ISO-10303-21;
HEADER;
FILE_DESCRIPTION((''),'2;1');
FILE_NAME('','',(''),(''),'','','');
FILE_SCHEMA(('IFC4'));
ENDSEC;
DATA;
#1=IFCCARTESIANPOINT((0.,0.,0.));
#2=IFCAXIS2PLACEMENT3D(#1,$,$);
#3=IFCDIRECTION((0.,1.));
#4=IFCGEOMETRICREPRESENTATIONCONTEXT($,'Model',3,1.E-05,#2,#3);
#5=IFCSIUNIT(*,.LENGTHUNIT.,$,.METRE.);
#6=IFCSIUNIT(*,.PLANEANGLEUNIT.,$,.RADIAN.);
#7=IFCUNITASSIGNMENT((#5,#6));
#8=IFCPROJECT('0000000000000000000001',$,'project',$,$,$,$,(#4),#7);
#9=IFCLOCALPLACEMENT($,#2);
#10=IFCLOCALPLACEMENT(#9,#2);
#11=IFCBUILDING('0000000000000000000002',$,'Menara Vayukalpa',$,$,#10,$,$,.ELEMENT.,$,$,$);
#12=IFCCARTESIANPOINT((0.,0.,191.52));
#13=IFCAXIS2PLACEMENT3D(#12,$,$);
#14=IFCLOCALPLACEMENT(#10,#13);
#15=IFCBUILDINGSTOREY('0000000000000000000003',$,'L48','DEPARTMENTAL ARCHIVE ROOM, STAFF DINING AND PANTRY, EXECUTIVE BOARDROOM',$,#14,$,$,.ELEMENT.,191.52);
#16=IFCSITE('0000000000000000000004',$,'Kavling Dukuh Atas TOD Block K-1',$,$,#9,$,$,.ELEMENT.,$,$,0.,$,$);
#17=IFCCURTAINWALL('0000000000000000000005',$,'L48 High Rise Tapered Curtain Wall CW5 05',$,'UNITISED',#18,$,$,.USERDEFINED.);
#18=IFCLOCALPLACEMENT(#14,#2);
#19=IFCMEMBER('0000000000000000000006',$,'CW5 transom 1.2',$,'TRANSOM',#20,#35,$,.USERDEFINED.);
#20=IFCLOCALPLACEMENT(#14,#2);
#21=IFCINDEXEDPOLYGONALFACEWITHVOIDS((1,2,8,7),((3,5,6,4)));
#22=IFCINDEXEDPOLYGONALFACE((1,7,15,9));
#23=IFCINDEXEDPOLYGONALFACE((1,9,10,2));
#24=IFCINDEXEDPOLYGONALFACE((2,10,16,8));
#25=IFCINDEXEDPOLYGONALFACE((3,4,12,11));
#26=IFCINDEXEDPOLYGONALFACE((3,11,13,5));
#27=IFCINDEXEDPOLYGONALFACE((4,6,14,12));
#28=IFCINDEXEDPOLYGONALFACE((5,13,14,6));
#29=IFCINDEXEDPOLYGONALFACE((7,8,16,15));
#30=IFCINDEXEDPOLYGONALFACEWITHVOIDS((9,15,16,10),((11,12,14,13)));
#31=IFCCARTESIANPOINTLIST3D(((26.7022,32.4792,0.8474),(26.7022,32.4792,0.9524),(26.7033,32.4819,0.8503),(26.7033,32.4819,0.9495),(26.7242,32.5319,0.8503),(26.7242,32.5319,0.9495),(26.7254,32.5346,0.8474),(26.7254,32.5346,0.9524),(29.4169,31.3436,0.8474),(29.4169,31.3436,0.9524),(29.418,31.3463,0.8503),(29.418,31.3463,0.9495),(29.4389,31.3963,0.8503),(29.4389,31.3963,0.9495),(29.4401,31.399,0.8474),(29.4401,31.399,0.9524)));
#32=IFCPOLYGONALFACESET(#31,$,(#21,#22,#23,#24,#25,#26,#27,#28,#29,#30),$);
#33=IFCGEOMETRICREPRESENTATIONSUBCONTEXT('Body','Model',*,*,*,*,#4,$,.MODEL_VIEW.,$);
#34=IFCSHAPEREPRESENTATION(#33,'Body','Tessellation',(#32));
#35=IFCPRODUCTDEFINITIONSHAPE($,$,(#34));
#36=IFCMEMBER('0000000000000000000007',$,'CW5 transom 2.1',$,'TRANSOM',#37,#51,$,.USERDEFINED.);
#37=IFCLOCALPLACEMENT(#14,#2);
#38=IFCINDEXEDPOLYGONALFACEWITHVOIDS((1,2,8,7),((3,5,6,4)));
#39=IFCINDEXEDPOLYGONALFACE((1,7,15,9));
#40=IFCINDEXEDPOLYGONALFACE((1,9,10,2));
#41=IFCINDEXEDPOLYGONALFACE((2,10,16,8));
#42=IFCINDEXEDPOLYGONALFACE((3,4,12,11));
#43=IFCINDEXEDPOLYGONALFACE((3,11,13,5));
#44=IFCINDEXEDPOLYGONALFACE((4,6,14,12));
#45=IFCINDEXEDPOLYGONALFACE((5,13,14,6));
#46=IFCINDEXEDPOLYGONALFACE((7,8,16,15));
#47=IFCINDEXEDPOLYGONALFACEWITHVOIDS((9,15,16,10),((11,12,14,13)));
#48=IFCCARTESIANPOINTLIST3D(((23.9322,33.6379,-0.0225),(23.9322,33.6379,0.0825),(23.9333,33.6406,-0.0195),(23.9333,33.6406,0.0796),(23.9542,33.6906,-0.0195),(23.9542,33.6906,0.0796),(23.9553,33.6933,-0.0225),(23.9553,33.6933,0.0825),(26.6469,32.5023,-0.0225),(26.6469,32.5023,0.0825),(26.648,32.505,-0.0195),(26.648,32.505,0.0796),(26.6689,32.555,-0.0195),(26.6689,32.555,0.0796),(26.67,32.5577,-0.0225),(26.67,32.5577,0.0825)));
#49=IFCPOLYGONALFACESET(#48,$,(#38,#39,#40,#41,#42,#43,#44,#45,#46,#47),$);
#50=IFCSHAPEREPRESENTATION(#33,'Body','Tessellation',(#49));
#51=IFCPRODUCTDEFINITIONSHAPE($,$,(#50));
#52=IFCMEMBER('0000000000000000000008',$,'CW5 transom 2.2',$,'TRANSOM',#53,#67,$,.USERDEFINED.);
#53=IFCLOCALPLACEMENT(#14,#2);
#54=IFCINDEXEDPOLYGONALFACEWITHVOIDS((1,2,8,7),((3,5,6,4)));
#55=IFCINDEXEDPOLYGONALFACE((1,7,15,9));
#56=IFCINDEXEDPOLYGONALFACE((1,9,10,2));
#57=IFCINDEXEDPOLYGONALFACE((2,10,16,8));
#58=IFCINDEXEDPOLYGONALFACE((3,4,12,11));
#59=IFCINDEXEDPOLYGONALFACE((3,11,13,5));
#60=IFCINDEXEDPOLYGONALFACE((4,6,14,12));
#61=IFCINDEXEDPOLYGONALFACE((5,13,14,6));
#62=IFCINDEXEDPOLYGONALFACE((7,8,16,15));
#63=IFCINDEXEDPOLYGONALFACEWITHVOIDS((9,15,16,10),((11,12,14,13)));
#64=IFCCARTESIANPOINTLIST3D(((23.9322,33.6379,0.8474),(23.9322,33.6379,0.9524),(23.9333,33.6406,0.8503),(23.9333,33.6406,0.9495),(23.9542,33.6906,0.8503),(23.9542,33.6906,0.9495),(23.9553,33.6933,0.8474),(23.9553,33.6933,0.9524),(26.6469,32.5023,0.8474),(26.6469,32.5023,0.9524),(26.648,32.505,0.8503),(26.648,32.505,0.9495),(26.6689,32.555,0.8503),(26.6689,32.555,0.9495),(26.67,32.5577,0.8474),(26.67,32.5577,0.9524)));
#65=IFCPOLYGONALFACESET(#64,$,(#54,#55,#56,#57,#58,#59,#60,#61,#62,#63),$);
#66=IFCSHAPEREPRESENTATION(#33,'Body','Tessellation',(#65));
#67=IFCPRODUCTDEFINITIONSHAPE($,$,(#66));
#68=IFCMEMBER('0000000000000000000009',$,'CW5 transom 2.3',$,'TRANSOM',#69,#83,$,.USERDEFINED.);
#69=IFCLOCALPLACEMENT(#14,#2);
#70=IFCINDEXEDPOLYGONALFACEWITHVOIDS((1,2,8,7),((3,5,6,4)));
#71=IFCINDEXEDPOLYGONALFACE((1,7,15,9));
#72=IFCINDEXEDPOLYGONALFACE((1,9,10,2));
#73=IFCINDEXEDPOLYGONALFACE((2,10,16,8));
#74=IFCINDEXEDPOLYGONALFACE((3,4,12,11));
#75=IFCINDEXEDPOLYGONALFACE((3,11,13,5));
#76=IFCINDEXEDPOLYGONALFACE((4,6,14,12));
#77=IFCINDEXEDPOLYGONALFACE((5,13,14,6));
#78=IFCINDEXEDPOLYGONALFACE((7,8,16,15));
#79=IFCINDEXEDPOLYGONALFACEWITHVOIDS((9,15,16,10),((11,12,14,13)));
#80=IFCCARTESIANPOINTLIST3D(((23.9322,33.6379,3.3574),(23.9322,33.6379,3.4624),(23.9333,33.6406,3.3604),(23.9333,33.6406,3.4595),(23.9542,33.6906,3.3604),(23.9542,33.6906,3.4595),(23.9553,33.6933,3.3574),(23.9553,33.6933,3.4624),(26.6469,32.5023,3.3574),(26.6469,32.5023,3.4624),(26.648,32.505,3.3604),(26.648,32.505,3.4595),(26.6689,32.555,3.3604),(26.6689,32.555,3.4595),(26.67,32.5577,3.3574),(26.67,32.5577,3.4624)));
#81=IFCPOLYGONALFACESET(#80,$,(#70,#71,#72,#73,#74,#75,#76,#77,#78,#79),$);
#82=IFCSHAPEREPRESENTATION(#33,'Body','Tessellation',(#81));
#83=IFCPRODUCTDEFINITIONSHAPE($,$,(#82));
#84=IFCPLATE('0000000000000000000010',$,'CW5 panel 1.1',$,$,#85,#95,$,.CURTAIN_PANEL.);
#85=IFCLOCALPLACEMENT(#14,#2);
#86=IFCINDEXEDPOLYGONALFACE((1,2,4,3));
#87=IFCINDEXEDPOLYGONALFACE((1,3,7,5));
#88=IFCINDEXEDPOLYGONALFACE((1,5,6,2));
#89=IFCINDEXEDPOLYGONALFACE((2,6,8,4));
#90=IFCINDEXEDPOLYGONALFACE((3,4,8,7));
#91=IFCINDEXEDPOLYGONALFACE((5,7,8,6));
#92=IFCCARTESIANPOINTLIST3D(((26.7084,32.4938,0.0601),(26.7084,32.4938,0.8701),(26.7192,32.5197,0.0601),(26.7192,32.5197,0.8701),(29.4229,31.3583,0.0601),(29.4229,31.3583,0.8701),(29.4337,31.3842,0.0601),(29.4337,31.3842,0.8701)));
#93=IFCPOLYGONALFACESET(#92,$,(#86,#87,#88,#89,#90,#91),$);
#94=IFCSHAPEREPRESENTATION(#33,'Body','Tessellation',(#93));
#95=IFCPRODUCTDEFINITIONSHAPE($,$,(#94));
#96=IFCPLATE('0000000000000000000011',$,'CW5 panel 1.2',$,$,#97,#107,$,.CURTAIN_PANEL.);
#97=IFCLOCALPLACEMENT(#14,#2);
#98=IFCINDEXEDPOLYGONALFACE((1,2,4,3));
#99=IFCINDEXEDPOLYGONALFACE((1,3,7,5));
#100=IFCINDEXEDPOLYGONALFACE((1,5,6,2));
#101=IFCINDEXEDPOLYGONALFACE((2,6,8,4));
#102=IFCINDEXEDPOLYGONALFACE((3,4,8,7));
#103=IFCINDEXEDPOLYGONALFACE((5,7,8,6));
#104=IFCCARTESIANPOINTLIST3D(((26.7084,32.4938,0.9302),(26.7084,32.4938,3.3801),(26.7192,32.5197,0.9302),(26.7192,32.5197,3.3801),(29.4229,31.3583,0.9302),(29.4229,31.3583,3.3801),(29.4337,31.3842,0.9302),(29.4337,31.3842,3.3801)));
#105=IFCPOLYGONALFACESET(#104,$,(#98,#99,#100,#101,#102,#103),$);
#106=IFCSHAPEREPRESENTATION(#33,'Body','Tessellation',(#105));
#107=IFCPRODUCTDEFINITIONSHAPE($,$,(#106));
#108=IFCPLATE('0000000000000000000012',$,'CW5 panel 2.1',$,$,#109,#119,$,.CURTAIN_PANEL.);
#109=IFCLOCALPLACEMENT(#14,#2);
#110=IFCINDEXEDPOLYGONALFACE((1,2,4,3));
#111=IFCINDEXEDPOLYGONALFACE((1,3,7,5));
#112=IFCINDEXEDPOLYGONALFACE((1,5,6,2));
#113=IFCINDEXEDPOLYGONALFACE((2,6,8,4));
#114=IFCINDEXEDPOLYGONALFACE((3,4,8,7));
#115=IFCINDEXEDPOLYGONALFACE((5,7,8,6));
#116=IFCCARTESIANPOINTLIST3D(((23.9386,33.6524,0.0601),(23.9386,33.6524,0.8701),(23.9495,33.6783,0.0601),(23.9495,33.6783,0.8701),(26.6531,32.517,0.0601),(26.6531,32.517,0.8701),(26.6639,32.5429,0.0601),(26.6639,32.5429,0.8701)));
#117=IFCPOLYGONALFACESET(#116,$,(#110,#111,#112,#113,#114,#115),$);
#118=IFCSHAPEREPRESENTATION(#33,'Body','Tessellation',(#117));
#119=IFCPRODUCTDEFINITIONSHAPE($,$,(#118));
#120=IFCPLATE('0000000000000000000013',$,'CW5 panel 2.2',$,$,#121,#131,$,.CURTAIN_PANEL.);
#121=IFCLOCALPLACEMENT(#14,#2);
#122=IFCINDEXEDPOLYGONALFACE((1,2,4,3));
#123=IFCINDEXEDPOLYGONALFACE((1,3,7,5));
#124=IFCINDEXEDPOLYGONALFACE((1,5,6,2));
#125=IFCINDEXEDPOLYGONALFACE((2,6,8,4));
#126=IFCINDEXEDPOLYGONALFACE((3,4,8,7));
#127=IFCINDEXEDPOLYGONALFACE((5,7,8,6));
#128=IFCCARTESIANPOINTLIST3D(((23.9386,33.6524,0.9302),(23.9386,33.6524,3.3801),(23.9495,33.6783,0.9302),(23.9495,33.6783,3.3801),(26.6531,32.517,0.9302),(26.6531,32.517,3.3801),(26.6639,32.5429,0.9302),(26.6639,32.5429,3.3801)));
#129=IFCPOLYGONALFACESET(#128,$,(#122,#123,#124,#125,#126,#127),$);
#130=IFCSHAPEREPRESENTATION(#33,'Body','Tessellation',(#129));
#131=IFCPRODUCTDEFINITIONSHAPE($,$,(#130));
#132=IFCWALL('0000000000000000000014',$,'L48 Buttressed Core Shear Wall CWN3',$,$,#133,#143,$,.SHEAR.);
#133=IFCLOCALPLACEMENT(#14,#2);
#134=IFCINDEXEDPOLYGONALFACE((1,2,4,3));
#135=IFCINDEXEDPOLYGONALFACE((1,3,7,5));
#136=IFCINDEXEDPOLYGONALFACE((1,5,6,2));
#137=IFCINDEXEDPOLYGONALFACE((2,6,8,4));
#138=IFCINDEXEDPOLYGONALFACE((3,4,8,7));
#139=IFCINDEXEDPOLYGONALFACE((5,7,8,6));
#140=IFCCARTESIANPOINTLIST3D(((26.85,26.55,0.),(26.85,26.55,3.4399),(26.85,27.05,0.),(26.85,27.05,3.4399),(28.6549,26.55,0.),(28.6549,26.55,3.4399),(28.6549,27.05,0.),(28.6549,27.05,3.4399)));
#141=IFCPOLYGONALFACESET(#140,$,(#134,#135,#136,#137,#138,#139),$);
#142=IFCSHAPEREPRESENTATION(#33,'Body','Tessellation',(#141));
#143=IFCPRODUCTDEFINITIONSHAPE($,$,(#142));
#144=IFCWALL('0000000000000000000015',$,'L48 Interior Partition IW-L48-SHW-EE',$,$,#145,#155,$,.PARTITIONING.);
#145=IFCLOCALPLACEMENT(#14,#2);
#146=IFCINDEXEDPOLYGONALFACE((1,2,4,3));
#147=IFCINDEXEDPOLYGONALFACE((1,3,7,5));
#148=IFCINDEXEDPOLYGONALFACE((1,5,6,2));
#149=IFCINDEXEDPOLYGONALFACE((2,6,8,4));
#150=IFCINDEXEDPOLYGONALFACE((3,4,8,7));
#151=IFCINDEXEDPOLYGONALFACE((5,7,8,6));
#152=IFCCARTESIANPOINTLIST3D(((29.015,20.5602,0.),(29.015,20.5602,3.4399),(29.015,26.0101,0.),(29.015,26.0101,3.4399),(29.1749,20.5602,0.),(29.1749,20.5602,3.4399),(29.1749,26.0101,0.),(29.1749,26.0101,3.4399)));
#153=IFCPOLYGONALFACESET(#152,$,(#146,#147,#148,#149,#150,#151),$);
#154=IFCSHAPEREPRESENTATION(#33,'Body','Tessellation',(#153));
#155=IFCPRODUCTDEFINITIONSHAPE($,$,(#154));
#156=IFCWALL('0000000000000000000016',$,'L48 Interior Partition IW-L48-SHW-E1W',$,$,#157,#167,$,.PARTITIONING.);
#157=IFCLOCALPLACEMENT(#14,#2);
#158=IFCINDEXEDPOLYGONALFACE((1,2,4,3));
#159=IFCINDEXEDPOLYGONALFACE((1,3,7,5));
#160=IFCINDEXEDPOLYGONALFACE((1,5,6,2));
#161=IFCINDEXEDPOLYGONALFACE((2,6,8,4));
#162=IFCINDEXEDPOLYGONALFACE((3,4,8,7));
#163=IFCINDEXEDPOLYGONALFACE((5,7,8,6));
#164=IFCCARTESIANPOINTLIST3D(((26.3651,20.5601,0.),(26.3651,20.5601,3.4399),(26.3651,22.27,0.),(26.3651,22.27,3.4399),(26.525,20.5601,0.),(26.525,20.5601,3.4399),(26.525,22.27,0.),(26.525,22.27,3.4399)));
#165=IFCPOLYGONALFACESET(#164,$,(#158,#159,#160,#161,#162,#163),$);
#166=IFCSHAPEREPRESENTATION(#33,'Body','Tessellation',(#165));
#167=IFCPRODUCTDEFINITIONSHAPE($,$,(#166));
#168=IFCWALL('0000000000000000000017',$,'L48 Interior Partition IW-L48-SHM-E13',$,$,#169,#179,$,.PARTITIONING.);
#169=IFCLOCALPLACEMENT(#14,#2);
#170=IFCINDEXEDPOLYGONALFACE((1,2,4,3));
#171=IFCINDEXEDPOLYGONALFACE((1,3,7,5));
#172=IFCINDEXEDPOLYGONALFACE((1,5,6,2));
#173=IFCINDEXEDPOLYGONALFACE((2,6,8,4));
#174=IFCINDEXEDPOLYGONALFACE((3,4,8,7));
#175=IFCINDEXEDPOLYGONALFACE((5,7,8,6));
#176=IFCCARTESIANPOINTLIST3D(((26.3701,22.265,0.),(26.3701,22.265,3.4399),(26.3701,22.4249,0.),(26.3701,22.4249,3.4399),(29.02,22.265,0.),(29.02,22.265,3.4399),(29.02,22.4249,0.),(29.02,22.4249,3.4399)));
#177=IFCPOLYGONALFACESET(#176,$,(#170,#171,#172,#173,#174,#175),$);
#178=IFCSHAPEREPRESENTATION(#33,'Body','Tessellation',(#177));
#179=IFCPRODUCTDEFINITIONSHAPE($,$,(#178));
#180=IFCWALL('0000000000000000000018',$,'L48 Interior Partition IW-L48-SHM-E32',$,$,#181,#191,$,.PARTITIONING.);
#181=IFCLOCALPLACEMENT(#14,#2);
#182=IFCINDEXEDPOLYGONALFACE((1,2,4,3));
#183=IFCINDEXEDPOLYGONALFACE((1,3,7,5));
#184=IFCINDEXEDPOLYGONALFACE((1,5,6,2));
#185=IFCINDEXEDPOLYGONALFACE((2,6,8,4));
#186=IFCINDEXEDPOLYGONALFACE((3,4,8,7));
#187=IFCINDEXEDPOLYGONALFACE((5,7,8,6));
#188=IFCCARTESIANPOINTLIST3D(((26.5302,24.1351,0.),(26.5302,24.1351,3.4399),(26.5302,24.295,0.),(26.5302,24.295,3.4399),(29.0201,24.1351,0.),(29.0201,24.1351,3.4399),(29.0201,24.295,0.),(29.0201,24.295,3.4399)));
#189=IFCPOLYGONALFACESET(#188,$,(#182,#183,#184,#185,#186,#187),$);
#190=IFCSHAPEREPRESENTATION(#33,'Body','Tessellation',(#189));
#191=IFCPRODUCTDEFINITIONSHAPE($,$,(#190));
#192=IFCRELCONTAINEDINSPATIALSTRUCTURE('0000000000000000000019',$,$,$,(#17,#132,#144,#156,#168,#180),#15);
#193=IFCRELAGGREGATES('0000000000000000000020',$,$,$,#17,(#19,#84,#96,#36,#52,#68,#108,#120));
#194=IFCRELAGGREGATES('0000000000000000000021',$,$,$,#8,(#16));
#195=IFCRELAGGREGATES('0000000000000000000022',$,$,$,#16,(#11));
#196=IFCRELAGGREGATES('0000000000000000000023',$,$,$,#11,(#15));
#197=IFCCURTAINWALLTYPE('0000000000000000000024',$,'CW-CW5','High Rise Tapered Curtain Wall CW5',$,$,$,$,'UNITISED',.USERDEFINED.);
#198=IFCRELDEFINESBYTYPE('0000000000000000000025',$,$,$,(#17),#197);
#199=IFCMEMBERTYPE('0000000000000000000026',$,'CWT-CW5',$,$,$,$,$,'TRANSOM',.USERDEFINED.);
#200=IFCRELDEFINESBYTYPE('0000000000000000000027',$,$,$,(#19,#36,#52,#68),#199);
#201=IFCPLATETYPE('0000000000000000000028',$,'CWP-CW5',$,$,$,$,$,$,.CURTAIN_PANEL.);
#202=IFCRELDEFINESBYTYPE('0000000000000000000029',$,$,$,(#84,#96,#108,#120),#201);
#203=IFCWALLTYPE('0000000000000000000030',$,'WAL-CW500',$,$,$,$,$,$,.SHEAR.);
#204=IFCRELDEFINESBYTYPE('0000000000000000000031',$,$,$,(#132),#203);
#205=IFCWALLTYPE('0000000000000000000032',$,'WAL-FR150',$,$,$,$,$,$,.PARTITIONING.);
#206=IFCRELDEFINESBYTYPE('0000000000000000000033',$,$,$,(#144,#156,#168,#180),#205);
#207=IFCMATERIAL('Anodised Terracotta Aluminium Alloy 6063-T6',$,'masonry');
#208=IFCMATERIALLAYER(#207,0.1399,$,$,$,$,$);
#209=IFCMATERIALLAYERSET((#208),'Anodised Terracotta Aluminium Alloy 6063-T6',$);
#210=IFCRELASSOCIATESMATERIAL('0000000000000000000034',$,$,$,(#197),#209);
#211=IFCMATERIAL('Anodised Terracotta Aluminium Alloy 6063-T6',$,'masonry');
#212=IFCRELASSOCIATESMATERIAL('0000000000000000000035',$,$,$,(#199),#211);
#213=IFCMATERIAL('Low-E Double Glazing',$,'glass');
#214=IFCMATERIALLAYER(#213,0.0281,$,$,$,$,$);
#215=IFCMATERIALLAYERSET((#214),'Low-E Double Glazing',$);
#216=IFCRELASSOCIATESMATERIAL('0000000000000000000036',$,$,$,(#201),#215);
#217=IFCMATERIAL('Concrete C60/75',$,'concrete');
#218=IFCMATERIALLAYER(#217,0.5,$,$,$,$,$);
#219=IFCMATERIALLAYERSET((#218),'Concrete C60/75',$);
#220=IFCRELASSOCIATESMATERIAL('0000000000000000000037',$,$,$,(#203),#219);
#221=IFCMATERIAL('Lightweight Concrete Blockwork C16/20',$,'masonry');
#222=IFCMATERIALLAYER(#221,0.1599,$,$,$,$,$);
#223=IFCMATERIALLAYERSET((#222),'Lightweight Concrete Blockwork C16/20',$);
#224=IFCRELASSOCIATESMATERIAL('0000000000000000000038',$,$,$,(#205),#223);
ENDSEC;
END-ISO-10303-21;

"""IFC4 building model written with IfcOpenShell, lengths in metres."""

from ifc_helpers import new_model, si_unit, direction, frame, frame_2d, origin, origin_2d, place, context, subcontext, project, spatial, rectangle, hollow_rectangle, extrude, material, layer, layer_set, material_profile, profile_set, type_object, element, aggregate, save


model = new_model("IFC4")

# Units and contexts
model_context = context("Model", 3, precision=1e-05, world=origin(), true_north=direction((0.0, 1.0)))
body_context = subcontext(model_context, "Body", "Model", "MODEL_VIEW")
ifc_project = project(units=[si_unit("LENGTHUNIT", "METRE"), si_unit("PLANEANGLEUNIT", "RADIAN")], contexts=[model_context])

# Site, building, storey
site_placement = place(None, origin())
site = spatial("IfcSite", under=ifc_project, at=site_placement, Name="Kavling Dukuh Atas TOD Block K-1", CompositionType="ELEMENT", RefElevation=0.0)
building_placement = place(site_placement, origin())
building = spatial("IfcBuilding", under=site, at=building_placement, Name="Menara Vayukalpa", CompositionType="ELEMENT")
storey_placement = place(building_placement, frame((0.0, 0.0, 191.52)))
storey = spatial("IfcBuildingStorey", under=building, at=storey_placement, Name="L48", Description="DEPARTMENTAL ARCHIVE ROOM, STAFF DINING AND PANTRY, EXECUTIVE BOARDROOM", CompositionType="ELEMENT", Elevation=191.52)

# Curtain wall, members, plates
ifc_material_1 = material(Name="Anodised Terracotta Aluminium Alloy 6063-T6", Category="masonry")
ifc_layer_1 = layer(ifc_material_1, 0.1399)
ifc_layer_set_1 = layer_set([ifc_layer_1], Name="Anodised Terracotta Aluminium Alloy 6063-T6")
curtain_wall_type = type_object("IfcCurtainWallType", Name="CW-CW5", Description="High Rise Tapered Curtain Wall CW5", ElementType="UNITISED", PredefinedType="USERDEFINED", material=ifc_layer_set_1)
curtain_wall_placement = place(storey_placement, origin())
curtain_wall = element("IfcCurtainWall", 1, at=curtain_wall_placement, inside=storey, type_object=curtain_wall_type, Name="L48 High Rise Tapered Curtain Wall CW5 05", ObjectType="UNITISED", PredefinedType="USERDEFINED")
ifc_material_2 = material(Name="Anodised Terracotta Aluminium Alloy 6063-T6", Category="masonry")
ifc_material_profile_1 = material_profile(ifc_material_2, hollow_rectangle(XDim=0.0601, YDim=0.105, WallThickness=0.0029, at=origin_2d()), Name="ALU 60x105x3")
ifc_profile_set_1 = profile_set([ifc_material_profile_1], Name="Anodised Terracotta Aluminium Alloy 6063-T6")
member_type_1 = type_object("IfcMemberType", Name="CWT-CW5", ElementType="TRANSOM", PredefinedType="USERDEFINED", material=ifc_profile_set_1)
member_1_placement = place(storey_placement, frame((29.4285, 31.3713, 0.8999), z_axis=(-0.922543, 0.385893, 0.0), x_axis=(-0.385893, -0.922543, 0.0)))
member_1 = element("IfcMember", 2, at=member_1_placement, type_object=member_type_1, Name="CW5 transom 1.2", ObjectType="TRANSOM", PredefinedType="USERDEFINED", context=body_context, shape_type="SweptSolid", body=[
    extrude(hollow_rectangle(XDim=0.0601, YDim=0.105, WallThickness=0.0029, at=origin_2d()), origin(), (0.0, 0.0, 1.0), 2.9426),
])
member_2_placement = place(storey_placement, frame((26.6584, 32.53, 0.03), z_axis=(-0.922543, 0.385893, 0.0), x_axis=(-0.385893, -0.922543, 0.0)))
member_2 = element("IfcMember", 3, at=member_2_placement, type_object=member_type_1, Name="CW5 transom 2.1", ObjectType="TRANSOM", PredefinedType="USERDEFINED", context=body_context, shape_type="SweptSolid", body=[
    extrude(hollow_rectangle(XDim=0.0601, YDim=0.105, WallThickness=0.0029, at=origin_2d()), origin(), (0.0, 0.0, 1.0), 2.9426),
])
member_3_placement = place(storey_placement, frame((26.6584, 32.53, 0.8999), z_axis=(-0.922543, 0.385893, 0.0), x_axis=(-0.385893, -0.922543, 0.0)))
member_3 = element("IfcMember", 4, at=member_3_placement, type_object=member_type_1, Name="CW5 transom 2.2", ObjectType="TRANSOM", PredefinedType="USERDEFINED", context=body_context, shape_type="SweptSolid", body=[
    extrude(hollow_rectangle(XDim=0.0601, YDim=0.105, WallThickness=0.0029, at=origin_2d()), origin(), (0.0, 0.0, 1.0), 2.9426),
])
member_4_placement = place(storey_placement, frame((26.6584, 32.53, 3.4099), z_axis=(-0.922543, 0.385893, 0.0), x_axis=(-0.385893, -0.922543, 0.0)))
member_4 = element("IfcMember", 5, at=member_4_placement, type_object=member_type_1, Name="CW5 transom 2.3", ObjectType="TRANSOM", PredefinedType="USERDEFINED", context=body_context, shape_type="SweptSolid", body=[
    extrude(hollow_rectangle(XDim=0.0601, YDim=0.105, WallThickness=0.0029, at=origin_2d()), origin(), (0.0, 0.0, 1.0), 2.9426),
])
ifc_material_3 = material(Name="Low-E Double Glazing", Category="glass")
ifc_layer_2 = layer(ifc_material_3, 0.0281)
ifc_layer_set_2 = layer_set([ifc_layer_2], Name="Low-E Double Glazing")
plate_type = type_object("IfcPlateType", Name="CWP-CW5", PredefinedType="CURTAIN_PANEL", material=ifc_layer_set_2)
plate_1_placement = place(storey_placement, frame((28.071, 31.939, 0.0601), z_axis=(0.0, 0.0, 1.0), x_axis=(-0.922539, 0.385903, 0.0)))
plate_1 = element("IfcPlate", 6, at=plate_1_placement, type_object=plate_type, Name="CW5 panel 1.1", PredefinedType="CURTAIN_PANEL", context=body_context, shape_type="SweptSolid", body=[
    extrude(rectangle(XDim=2.9424, YDim=0.0281, at=origin_2d()), origin(), (0.0, 0.0, 1.0), 0.8101),
])
plate_2_placement = place(storey_placement, frame((28.071, 31.939, 0.9302), z_axis=(0.0, 0.0, 1.0), x_axis=(-0.922539, 0.385903, 0.0)))
plate_2 = element("IfcPlate", 7, at=plate_2_placement, type_object=plate_type, Name="CW5 panel 1.2", PredefinedType="CURTAIN_PANEL", context=body_context, shape_type="SweptSolid", body=[
    extrude(rectangle(XDim=2.9424, YDim=0.0281, at=origin_2d()), origin(), (0.0, 0.0, 1.0), 2.45),
])
plate_3_placement = place(storey_placement, frame((25.3013, 33.0977, 0.0601), z_axis=(0.0, 0.0, 1.0), x_axis=(-0.922539, 0.385903, 0.0)))
plate_3 = element("IfcPlate", 8, at=plate_3_placement, type_object=plate_type, Name="CW5 panel 2.1", PredefinedType="CURTAIN_PANEL", context=body_context, shape_type="SweptSolid", body=[
    extrude(rectangle(XDim=2.9424, YDim=0.0281, at=origin_2d()), origin(), (0.0, 0.0, 1.0), 0.8101),
])
plate_4_placement = place(storey_placement, frame((25.3013, 33.0977, 0.9302), z_axis=(0.0, 0.0, 1.0), x_axis=(-0.922539, 0.385903, 0.0)))
plate_4 = element("IfcPlate", 9, at=plate_4_placement, type_object=plate_type, Name="CW5 panel 2.2", PredefinedType="CURTAIN_PANEL", context=body_context, shape_type="SweptSolid", body=[
    extrude(rectangle(XDim=2.9424, YDim=0.0281, at=origin_2d()), origin(), (0.0, 0.0, 1.0), 2.45),
])
aggregate(curtain_wall, [member_1, plate_1, plate_2, member_2, member_3, member_4, plate_3, plate_4])

# Walls
ifc_material_4 = material(Name="Concrete C60/75", Category="concrete")
ifc_layer_3 = layer(ifc_material_4, 0.5)
ifc_layer_set_3 = layer_set([ifc_layer_3], Name="Concrete C60/75")
wall_type_1 = type_object("IfcWallType", Name="WAL-CW500", PredefinedType="SHEAR", material=ifc_layer_set_3)
wall_1_placement = place(storey_placement, frame((26.8501, 26.8, 0.0), z_axis=(0.0, 0.0, 1.0), x_axis=(1.0, 0.0, 0.0)))
element("IfcWall", 10, at=wall_1_placement, inside=storey, type_object=wall_type_1, Name="L48 Buttressed Core Shear Wall CWN3", PredefinedType="SHEAR", context=body_context, shape_type="SweptSolid", body=[
    extrude(rectangle(XDim=1.8049, YDim=0.5, at=frame_2d((0.9023, 0.0))), origin(), (0.0, 0.0, 1.0), 3.4399),
])
ifc_material_5 = material(Name="Lightweight Concrete Blockwork C16/20", Category="masonry")
ifc_layer_4 = layer(ifc_material_5, 0.1599)
ifc_layer_set_4 = layer_set([ifc_layer_4], Name="Lightweight Concrete Blockwork C16/20")
wall_type_2 = type_object("IfcWallType", Name="WAL-FR150", PredefinedType="PARTITIONING", material=ifc_layer_set_4)
wall_2_placement = place(storey_placement, frame((29.095, 20.5601, 0.0), z_axis=(0.0, 0.0, 1.0), x_axis=(0.0, 1.0, 0.0)))
element("IfcWall", 11, at=wall_2_placement, inside=storey, type_object=wall_type_2, Name="L48 Interior Partition IW-L48-SHW-EE", PredefinedType="PARTITIONING", context=body_context, shape_type="SweptSolid", body=[
    extrude(rectangle(XDim=5.45, YDim=0.1599, at=frame_2d((2.7251, 0.0))), origin(), (0.0, 0.0, 1.0), 3.4399),
])
wall_3_placement = place(storey_placement, frame((26.4451, 20.5601, 0.0), z_axis=(0.0, 0.0, 1.0), x_axis=(0.0, 1.0, 0.0)))
element("IfcWall", 12, at=wall_3_placement, inside=storey, type_object=wall_type_2, Name="L48 Interior Partition IW-L48-SHW-E1W", PredefinedType="PARTITIONING", context=body_context, shape_type="SweptSolid", body=[
    extrude(rectangle(XDim=1.71, YDim=0.1599, at=frame_2d((0.855, 0.0))), origin(), (0.0, 0.0, 1.0), 3.4399),
])
wall_4_placement = place(storey_placement, frame((26.3701, 22.345, 0.0), z_axis=(0.0, 0.0, 1.0), x_axis=(1.0, 0.0, 0.0)))
element("IfcWall", 13, at=wall_4_placement, inside=storey, type_object=wall_type_2, Name="L48 Interior Partition IW-L48-SHM-E13", PredefinedType="PARTITIONING", context=body_context, shape_type="SweptSolid", body=[
    extrude(rectangle(XDim=2.6499, YDim=0.1599, at=frame_2d((1.325, 0.0))), origin(), (0.0, 0.0, 1.0), 3.4399),
])
wall_5_placement = place(storey_placement, frame((26.53, 24.2151, 0.0), z_axis=(0.0, 0.0, 1.0), x_axis=(1.0, 0.0, 0.0)))
element("IfcWall", 14, at=wall_5_placement, inside=storey, type_object=wall_type_2, Name="L48 Interior Partition IW-L48-SHM-E32", PredefinedType="PARTITIONING", context=body_context, shape_type="SweptSolid", body=[
    extrude(rectangle(XDim=2.49, YDim=0.1599, at=frame_2d((1.2451, 0.0))), origin(), (0.0, 0.0, 1.0), 3.4399),
])

save(model, "model.ifc")
